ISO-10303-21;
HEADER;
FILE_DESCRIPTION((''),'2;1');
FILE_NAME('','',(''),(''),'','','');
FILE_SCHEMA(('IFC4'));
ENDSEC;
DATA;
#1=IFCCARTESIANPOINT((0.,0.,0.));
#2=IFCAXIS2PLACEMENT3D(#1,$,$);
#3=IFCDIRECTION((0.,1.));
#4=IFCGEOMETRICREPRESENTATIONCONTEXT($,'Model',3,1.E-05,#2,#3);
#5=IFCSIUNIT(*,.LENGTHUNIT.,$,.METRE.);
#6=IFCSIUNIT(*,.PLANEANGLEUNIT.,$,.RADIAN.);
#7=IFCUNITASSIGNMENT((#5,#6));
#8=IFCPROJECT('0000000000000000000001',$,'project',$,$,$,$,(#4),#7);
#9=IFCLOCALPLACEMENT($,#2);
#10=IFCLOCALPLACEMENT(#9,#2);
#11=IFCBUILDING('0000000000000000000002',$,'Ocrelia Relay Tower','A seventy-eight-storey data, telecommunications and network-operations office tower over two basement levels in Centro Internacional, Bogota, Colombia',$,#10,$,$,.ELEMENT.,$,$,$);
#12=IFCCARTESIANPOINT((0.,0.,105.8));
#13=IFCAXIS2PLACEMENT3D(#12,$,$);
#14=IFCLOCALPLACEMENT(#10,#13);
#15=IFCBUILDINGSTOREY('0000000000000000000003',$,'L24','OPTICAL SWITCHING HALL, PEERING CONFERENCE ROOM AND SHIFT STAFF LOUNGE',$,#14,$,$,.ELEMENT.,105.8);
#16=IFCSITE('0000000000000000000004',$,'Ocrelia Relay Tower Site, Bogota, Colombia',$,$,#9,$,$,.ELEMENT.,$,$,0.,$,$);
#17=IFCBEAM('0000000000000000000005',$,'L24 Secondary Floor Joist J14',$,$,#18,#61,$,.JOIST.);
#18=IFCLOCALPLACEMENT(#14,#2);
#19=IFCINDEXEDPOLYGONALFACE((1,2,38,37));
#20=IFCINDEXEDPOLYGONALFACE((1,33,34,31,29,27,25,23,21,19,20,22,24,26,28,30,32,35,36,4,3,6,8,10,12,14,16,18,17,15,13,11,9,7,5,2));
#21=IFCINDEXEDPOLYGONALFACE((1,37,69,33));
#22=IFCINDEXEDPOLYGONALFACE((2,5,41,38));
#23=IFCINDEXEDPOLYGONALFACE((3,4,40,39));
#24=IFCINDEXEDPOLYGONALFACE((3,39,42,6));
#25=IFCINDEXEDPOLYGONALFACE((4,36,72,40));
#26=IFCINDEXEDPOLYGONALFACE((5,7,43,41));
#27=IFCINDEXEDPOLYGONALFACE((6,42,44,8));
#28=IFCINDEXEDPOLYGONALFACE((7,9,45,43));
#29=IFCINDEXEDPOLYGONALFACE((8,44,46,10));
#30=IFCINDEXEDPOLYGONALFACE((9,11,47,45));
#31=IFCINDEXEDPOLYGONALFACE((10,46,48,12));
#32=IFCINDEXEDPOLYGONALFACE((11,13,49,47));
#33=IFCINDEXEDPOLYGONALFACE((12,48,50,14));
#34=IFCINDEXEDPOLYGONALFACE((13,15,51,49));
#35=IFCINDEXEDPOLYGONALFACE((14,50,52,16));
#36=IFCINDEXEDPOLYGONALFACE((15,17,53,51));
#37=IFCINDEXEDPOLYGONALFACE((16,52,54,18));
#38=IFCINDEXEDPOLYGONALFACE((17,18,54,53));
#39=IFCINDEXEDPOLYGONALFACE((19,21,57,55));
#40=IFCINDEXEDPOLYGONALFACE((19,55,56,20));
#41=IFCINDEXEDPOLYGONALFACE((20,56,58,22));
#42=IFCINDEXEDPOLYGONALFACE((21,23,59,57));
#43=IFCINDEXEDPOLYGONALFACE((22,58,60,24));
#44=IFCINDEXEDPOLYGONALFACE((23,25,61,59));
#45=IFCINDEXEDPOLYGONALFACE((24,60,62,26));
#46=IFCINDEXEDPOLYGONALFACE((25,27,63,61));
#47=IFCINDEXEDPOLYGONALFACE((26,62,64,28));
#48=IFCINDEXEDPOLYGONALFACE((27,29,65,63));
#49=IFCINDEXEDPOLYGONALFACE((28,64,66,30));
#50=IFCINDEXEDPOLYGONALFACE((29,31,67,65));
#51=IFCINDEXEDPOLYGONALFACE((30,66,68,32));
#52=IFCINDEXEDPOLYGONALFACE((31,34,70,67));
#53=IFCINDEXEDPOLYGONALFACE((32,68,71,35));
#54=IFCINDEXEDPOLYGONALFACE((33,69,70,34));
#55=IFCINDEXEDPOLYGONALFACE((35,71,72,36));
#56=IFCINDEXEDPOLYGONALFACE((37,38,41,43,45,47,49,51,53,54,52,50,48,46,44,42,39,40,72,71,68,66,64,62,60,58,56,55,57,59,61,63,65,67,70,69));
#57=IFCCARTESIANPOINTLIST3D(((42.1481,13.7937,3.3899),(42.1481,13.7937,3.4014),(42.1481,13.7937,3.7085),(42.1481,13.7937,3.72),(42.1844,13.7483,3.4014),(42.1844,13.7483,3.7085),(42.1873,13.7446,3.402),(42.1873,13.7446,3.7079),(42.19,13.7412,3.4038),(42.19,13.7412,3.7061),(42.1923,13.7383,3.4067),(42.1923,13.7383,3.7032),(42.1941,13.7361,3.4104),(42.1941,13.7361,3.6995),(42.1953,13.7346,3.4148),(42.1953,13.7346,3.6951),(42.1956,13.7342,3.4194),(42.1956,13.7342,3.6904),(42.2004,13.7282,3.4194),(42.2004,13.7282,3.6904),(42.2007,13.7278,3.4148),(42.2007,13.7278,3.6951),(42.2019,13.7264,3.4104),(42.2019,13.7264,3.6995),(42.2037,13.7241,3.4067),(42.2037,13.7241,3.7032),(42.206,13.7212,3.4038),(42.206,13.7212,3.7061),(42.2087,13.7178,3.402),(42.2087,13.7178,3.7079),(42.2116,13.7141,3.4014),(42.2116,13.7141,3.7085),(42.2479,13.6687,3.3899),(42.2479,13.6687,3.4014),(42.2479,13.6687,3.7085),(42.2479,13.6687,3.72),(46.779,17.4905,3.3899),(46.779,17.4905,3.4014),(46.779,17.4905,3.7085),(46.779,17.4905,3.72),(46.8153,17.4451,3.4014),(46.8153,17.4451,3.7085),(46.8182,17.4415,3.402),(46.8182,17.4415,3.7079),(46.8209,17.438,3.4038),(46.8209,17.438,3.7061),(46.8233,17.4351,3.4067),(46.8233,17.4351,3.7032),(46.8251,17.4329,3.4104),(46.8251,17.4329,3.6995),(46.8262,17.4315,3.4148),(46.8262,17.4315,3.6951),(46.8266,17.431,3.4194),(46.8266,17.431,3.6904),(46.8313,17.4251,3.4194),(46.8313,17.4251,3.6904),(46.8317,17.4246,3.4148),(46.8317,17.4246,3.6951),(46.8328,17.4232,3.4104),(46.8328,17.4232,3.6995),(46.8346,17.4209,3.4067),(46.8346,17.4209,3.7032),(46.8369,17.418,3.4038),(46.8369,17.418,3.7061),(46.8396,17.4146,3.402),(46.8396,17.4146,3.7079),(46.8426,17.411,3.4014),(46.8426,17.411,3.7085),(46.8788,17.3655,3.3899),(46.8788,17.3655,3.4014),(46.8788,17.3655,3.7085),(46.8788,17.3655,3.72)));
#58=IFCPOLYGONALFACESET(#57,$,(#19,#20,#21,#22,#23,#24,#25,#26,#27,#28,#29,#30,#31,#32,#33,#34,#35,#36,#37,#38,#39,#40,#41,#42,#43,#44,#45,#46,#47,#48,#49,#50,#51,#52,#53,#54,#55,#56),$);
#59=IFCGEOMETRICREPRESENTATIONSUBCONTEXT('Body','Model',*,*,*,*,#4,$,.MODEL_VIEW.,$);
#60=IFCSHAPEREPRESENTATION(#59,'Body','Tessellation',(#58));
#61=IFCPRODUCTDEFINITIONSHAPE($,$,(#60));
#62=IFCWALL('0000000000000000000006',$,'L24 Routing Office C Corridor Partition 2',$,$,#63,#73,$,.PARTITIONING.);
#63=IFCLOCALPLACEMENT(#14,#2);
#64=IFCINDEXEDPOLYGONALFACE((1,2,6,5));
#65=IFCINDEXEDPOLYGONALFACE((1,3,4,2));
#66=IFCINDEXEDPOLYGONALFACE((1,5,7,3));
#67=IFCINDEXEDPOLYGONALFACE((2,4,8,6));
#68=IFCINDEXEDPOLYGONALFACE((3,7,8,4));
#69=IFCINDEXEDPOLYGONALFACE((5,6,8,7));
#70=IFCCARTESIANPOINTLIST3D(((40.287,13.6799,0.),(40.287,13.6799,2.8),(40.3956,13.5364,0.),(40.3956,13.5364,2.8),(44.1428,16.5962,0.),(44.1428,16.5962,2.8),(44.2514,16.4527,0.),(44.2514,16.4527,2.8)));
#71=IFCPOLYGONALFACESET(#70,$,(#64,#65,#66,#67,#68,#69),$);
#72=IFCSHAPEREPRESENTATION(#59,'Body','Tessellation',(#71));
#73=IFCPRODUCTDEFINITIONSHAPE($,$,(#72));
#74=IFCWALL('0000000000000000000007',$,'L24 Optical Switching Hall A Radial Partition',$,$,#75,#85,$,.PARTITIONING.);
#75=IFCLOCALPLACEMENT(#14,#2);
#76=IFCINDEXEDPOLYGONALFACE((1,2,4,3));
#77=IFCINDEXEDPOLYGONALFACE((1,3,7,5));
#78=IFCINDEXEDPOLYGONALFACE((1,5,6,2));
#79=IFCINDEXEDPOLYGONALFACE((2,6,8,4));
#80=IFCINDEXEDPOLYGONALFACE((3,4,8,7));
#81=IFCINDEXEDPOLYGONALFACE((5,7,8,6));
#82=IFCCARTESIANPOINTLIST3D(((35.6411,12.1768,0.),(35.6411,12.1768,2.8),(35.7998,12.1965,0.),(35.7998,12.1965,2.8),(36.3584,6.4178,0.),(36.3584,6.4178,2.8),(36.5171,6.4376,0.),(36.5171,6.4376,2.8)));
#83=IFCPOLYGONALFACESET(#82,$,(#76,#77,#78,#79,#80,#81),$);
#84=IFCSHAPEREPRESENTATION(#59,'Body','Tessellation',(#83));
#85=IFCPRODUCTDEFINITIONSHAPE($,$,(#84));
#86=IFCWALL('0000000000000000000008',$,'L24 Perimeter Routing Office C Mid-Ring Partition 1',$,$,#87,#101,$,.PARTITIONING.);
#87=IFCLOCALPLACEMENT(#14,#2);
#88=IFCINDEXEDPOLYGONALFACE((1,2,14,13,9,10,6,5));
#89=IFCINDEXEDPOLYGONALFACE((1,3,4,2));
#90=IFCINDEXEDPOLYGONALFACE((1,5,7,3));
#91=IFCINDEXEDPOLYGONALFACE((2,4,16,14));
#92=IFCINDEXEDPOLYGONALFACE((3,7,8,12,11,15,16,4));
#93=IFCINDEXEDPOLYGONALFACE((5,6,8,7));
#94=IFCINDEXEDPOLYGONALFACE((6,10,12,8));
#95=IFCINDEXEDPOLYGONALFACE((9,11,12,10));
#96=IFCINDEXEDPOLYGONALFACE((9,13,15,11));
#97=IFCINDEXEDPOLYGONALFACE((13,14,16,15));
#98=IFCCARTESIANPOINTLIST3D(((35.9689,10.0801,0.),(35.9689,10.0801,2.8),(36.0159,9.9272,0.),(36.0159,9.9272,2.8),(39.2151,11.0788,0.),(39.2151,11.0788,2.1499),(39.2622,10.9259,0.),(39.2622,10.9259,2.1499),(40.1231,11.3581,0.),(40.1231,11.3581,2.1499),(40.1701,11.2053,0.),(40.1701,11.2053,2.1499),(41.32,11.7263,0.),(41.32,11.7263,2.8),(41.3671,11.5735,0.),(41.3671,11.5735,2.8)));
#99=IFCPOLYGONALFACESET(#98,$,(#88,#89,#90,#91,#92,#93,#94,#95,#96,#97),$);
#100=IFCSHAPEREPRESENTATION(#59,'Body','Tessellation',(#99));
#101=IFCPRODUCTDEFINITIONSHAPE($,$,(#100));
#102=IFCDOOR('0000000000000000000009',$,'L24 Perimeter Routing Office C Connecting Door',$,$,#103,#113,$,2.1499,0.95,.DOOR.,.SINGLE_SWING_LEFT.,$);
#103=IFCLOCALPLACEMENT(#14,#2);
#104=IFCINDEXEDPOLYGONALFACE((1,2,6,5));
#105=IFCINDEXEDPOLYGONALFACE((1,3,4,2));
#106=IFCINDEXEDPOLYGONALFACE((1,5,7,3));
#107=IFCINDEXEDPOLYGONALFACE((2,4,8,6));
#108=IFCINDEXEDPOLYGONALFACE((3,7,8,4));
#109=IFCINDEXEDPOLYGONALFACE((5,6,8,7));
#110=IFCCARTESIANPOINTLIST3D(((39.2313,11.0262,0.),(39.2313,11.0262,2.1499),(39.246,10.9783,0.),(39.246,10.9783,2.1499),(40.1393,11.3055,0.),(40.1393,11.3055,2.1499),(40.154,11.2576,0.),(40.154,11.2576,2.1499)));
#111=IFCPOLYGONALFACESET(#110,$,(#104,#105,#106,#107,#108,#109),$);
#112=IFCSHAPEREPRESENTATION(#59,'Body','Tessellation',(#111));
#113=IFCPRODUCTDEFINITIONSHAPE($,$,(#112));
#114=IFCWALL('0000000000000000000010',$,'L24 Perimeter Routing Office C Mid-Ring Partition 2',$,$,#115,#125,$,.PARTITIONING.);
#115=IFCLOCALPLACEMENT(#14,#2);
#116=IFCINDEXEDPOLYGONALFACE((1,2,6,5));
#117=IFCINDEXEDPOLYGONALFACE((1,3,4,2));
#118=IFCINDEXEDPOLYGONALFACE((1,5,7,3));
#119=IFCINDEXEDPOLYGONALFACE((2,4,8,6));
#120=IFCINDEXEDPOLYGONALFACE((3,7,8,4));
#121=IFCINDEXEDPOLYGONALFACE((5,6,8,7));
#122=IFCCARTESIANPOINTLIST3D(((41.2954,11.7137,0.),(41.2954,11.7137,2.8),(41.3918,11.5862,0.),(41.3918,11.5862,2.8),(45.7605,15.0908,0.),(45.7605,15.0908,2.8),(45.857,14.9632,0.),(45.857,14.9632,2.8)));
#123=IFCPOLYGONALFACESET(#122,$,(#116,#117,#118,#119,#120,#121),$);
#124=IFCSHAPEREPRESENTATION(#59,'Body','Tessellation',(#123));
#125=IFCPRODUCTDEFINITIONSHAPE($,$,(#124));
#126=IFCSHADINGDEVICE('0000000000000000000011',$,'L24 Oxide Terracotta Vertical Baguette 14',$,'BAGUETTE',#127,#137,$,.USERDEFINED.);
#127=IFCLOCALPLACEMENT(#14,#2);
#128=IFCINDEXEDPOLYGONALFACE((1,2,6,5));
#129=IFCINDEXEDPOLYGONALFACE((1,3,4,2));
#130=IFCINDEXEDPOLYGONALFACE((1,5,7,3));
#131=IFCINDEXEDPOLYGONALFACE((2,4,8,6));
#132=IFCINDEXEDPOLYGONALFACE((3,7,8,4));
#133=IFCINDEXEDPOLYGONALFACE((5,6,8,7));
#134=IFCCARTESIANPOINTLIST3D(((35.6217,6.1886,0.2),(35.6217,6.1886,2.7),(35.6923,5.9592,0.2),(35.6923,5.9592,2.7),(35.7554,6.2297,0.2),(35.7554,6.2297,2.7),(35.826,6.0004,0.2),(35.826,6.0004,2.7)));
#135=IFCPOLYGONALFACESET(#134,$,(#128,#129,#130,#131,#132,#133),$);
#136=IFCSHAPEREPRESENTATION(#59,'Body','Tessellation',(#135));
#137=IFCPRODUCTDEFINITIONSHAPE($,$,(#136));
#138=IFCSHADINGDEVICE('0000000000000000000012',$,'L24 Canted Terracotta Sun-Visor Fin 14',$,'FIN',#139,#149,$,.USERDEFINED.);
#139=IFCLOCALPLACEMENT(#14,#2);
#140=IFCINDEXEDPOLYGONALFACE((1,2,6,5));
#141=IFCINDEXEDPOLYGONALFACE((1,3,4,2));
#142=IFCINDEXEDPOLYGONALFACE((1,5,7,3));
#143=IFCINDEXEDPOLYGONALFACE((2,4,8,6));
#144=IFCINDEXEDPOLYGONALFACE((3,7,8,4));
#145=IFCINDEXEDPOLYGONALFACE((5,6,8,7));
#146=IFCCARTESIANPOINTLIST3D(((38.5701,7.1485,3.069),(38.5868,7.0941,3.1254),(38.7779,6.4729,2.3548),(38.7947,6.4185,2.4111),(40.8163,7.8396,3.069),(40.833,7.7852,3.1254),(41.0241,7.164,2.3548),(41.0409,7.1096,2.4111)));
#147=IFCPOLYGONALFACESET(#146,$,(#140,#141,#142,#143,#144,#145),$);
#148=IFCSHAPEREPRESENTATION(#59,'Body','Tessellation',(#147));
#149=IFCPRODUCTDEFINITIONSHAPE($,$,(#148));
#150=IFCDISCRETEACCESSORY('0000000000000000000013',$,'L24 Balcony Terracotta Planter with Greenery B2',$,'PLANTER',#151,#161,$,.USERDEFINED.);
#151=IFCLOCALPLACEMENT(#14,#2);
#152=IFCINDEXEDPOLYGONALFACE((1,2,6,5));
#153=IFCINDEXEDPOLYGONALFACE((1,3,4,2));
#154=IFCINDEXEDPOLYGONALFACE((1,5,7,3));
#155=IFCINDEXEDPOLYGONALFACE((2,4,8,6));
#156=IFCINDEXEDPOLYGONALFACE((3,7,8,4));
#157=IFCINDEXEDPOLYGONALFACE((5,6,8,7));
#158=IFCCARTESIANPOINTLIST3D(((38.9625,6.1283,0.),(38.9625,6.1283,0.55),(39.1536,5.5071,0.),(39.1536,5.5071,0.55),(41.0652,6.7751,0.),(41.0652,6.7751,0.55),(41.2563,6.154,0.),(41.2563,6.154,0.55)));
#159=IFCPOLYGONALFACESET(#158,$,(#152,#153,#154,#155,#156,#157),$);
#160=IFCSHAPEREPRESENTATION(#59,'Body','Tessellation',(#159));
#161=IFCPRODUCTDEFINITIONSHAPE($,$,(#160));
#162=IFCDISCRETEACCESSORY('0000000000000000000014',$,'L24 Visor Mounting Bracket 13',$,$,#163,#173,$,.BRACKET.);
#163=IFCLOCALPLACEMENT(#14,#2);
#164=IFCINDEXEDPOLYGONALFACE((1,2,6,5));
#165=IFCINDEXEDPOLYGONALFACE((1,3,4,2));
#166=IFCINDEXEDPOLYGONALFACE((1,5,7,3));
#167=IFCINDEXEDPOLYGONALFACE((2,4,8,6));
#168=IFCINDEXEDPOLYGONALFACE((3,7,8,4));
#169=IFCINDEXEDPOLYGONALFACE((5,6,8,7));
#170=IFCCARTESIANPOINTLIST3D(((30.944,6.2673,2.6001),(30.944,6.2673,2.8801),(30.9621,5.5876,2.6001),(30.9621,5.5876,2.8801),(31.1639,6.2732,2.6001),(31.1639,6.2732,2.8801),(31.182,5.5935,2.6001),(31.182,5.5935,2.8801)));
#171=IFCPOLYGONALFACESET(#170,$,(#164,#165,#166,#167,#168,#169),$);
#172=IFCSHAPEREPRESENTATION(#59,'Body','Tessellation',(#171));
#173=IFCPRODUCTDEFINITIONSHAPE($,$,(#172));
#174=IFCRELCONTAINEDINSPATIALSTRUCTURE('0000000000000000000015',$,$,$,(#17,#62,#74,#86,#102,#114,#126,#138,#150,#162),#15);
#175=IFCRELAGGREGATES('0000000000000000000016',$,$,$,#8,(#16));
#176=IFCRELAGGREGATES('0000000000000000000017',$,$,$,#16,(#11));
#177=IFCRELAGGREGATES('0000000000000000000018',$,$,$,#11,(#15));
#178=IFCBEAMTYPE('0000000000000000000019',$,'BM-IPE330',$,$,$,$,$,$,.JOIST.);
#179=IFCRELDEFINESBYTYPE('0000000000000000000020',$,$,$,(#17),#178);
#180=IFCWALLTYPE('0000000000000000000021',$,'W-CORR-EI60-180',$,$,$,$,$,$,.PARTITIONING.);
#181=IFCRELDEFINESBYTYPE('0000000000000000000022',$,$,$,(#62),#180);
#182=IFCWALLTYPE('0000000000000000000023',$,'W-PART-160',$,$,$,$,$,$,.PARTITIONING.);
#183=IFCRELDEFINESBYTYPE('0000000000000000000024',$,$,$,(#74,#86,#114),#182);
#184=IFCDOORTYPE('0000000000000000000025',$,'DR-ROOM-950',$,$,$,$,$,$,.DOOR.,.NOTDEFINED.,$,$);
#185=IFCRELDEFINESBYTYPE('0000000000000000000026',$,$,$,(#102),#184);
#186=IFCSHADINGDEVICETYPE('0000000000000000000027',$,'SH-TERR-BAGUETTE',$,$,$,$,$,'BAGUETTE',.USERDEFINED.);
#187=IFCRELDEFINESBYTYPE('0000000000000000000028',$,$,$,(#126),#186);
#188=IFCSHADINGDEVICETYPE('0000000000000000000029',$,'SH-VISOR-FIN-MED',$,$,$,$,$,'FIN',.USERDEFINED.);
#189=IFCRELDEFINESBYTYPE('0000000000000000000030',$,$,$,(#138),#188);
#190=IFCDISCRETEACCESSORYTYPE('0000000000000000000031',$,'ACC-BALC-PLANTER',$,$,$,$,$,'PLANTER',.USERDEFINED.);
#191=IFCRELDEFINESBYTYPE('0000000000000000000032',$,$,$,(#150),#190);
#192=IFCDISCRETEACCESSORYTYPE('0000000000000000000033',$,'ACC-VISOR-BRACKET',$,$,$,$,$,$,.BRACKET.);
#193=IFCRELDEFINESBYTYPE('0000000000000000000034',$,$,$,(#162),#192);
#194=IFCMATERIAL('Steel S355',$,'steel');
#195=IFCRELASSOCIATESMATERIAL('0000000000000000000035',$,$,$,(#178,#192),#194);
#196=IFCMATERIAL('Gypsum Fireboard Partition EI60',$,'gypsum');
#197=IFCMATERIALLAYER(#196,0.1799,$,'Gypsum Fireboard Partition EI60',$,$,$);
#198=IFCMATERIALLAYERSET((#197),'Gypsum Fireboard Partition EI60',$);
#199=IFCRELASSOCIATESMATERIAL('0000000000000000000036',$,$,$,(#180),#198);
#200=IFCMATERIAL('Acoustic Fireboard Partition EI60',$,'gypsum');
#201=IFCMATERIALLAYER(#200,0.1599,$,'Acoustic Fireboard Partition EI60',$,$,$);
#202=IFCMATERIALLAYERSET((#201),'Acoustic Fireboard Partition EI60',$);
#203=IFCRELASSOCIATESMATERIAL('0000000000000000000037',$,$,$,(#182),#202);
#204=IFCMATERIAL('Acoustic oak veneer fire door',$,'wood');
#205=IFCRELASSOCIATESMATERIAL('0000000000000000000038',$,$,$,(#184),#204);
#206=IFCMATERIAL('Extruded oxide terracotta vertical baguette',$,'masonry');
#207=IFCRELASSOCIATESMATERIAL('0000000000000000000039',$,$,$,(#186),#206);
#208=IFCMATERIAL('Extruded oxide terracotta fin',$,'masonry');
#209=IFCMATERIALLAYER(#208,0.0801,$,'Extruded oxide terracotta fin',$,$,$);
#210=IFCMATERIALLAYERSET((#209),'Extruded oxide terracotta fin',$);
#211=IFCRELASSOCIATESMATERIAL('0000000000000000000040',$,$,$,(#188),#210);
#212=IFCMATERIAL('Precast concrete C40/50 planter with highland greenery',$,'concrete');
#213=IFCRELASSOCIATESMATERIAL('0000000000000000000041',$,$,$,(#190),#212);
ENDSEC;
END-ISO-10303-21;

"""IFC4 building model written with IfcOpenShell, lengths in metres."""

from ifc_helpers import new_model, si_unit, direction, frame, frame_2d, origin, origin_2d, place, context, subcontext, project, spatial, rectangle, i_section, extrude, material, layer, layer_set, material_profile, profile_set, type_object, element, fill, save


model = new_model("IFC4")

# Units and contexts
model_context = context("Model", 3, precision=1e-05, world=origin(), true_north=direction((0.0, 1.0)))
body_context = subcontext(model_context, "Body", "Model", "MODEL_VIEW")
ifc_project = project(units=[si_unit("LENGTHUNIT", "METRE"), si_unit("PLANEANGLEUNIT", "RADIAN")], contexts=[model_context])

# Site, building, storey
site_placement = place(None, origin())
site = spatial("IfcSite", under=ifc_project, at=site_placement, Name="Ocrelia Relay Tower Site, Bogota, Colombia", CompositionType="ELEMENT", RefElevation=0.0)
building_placement = place(site_placement, origin())
building = spatial("IfcBuilding", under=site, at=building_placement, Name="Ocrelia Relay Tower", Description="A seventy-eight-storey data, telecommunications and network-operations office tower over two basement levels in Centro Internacional, Bogota, Colombia", CompositionType="ELEMENT")
storey_placement = place(building_placement, frame((0.0, 0.0, 105.8)))
storey = spatial("IfcBuildingStorey", under=building, at=storey_placement, Name="L24", Description="OPTICAL SWITCHING HALL, PEERING CONFERENCE ROOM AND SHIFT STAFF LOUNGE", CompositionType="ELEMENT", Elevation=105.8)

# Beam
ifc_material_1 = material(Name="Steel S355", Category="steel")
ifc_material_profile_1 = material_profile(ifc_material_1, i_section(OverallWidth=0.1599, OverallDepth=0.3301, WebThickness=0.0076, FlangeThickness=0.0115, FilletRadius=0.0181, at=origin_2d()), Name="IPE 330")
ifc_profile_set_1 = profile_set([ifc_material_profile_1], Name="Steel S355")
beam_type_1 = type_object("IfcBeamType", Name="BM-IPE330", PredefinedType="JOIST", material=ifc_profile_set_1)
beam_1_placement = place(storey_placement, frame((42.198, 13.7312, 3.5549), z_axis=(0.78152, 0.623881, 0.0), x_axis=(-0.623881, 0.78152, 0.0)))
element("IfcBeam", 1, at=beam_1_placement, inside=storey, type_object=beam_type_1, Name="L24 Secondary Floor Joist J14", PredefinedType="JOIST", context=body_context, shape_type="SweptSolid", body=[
    extrude(i_section(OverallWidth=0.1599, OverallDepth=0.3301, WebThickness=0.0076, FlangeThickness=0.0115, FilletRadius=0.0181, at=origin_2d()), origin(), (0.0, 0.0, 1.0), 5.9255),
])

# Shared definitions
ifc_material_2 = material(Name="Gypsum Fireboard Partition EI60", Category="gypsum")
ifc_layer_1 = layer(ifc_material_2, 0.1799, Name="Gypsum Fireboard Partition EI60")
ifc_layer_set_1 = layer_set([ifc_layer_1], Name="Gypsum Fireboard Partition EI60")
wall_type_1 = type_object("IfcWallType", Name="W-CORR-EI60-180", PredefinedType="PARTITIONING", material=ifc_layer_set_1)
ifc_material_3 = material(Name="Acoustic oak veneer fire door", Category="wood")

# Wall
wall_1_placement = place(storey_placement, frame((40.3413, 13.6082, 0.0), z_axis=(0.0, 0.0, 1.0), x_axis=(0.797563, 0.603235, 0.0)))
element("IfcWall", 2, at=wall_1_placement, inside=storey, type_object=wall_type_1, Name="L24 Routing Office C Corridor Partition 2", PredefinedType="PARTITIONING", context=body_context, shape_type="SweptSolid", body=[
    extrude(rectangle(XDim=4.8345, YDim=0.1799, at=frame_2d((2.4172, 0.0))), origin(), (0.0, 0.0, 1.0), 2.8),
])

# Wall
ifc_material_4 = material(Name="Acoustic Fireboard Partition EI60", Category="gypsum")
ifc_layer_2 = layer(ifc_material_4, 0.1599, Name="Acoustic Fireboard Partition EI60")
ifc_layer_set_2 = layer_set([ifc_layer_2], Name="Acoustic Fireboard Partition EI60")
wall_type_2 = type_object("IfcWallType", Name="W-PART-160", PredefinedType="PARTITIONING", material=ifc_layer_set_2)
wall_2_placement = place(storey_placement, frame((35.7205, 12.1868, 0.0), z_axis=(0.0, 0.0, 1.0), x_axis=(0.123595, -0.992333, 0.0)))
element("IfcWall", 3, at=wall_2_placement, inside=storey, type_object=wall_type_2, Name="L24 Optical Switching Hall A Radial Partition", PredefinedType="PARTITIONING", context=body_context, shape_type="SweptSolid", body=[
    extrude(rectangle(XDim=5.8035, YDim=0.1599, at=frame_2d((2.9019, 0.0))), origin(), (0.0, 0.0, 1.0), 2.8),
])

# Wall, opening, door
wall_3_placement = place(storey_placement, frame((35.9924, 10.0037, 0.0), z_axis=(0.0, 0.0, 1.0), x_axis=(0.955791, 0.294046, 0.0)))
wall_3 = element("IfcWall", 4, at=wall_3_placement, inside=storey, type_object=wall_type_2, Name="L24 Perimeter Routing Office C Mid-Ring Partition 1", PredefinedType="PARTITIONING", context=body_context, shape_type="SweptSolid", body=[
    extrude(rectangle(XDim=5.5986, YDim=0.1599, at=frame_2d((2.7993, 0.0))), origin(), (0.0, 0.0, 1.0), 2.8),
])
opening_1_placement = place(wall_3_placement, frame((3.3962, 0.0, 0.0)))
opening_1 = element("IfcOpeningElement", 5, at=opening_1_placement, cuts=wall_3, PredefinedType="OPENING", context=body_context, shape_type="SweptSolid", body=[
    extrude(rectangle(XDim=0.95, YDim=2.1499, at=frame_2d((0.4751, 1.075))), frame((0.0, 0.0898, 0.0), z_axis=(0.0, -1.0, 0.0), x_axis=(1.0, 0.0, 0.0)), (0.0, 0.0, 1.0), 0.1799),
])
door_type_1 = type_object("IfcDoorType", Name="DR-ROOM-950", OperationType="NOTDEFINED", PredefinedType="DOOR", material=ifc_material_3)
door_1_placement = place(opening_1_placement, origin())
door_1 = element("IfcDoor", 6, at=door_1_placement, inside=storey, type_object=door_type_1, Name="L24 Perimeter Routing Office C Connecting Door", OperationType="SINGLE_SWING_LEFT", OverallHeight=2.1499, OverallWidth=0.95, PredefinedType="DOOR", context=body_context, shape_type="SweptSolid", body=[
    extrude(rectangle(XDim=0.95, YDim=2.1499, at=frame_2d((0.4751, 1.075))), frame((0.0, 0.0249, 0.0), z_axis=(0.0, -1.0, 0.0), x_axis=(1.0, 0.0, 0.0)), (0.0, 0.0, 1.0), 0.05),
])
fill(opening_1, door_1)

# Wall
wall_4_placement = place(storey_placement, frame((41.3435, 11.6499, 0.0), z_axis=(0.0, 0.0, 1.0), x_axis=(0.797581, 0.603212, 0.0)))
element("IfcWall", 7, at=wall_4_placement, inside=storey, type_object=wall_type_2, Name="L24 Perimeter Routing Office C Mid-Ring Partition 2", PredefinedType="PARTITIONING", context=body_context, shape_type="SweptSolid", body=[
    extrude(rectangle(XDim=5.5984, YDim=0.1599, at=frame_2d((2.7993, 0.0))), origin(), (0.0, 0.0, 1.0), 2.8),
])

# Shading devices
ifc_material_5 = material(Name="Extruded oxide terracotta vertical baguette", Category="masonry")
shading_device_type_1 = type_object("IfcShadingDeviceType", Name="SH-TERR-BAGUETTE", ElementType="BAGUETTE", PredefinedType="USERDEFINED", material=ifc_material_5)
shading_device_1_placement = place(storey_placement, frame((35.7239, 6.0945, 0.2), z_axis=(0.0, 0.0, 1.0), x_axis=(0.955791, 0.294047, 0.0)))
element("IfcShadingDevice", 8, at=shading_device_1_placement, inside=storey, type_object=shading_device_type_1, Name="L24 Oxide Terracotta Vertical Baguette 14", ObjectType="BAGUETTE", PredefinedType="USERDEFINED", context=body_context, shape_type="SweptSolid", body=[
    extrude(rectangle(XDim=0.1399, YDim=0.24, at=origin_2d()), origin(), (0.0, 0.0, 1.0), 2.5),
])
ifc_material_6 = material(Name="Extruded oxide terracotta fin", Category="masonry")
ifc_layer_3 = layer(ifc_material_6, 0.0801, Name="Extruded oxide terracotta fin")
ifc_layer_set_3 = layer_set([ifc_layer_3], Name="Extruded oxide terracotta fin")
shading_device_type_2 = type_object("IfcShadingDeviceType", Name="SH-VISOR-FIN-MED", ElementType="FIN", PredefinedType="USERDEFINED", material=ifc_layer_set_3)
shading_device_2_placement = place(storey_placement, frame((39.7971, 7.1562, 2.7119), z_axis=(0.209009, -0.679376, 0.703395), x_axis=(0.955791, 0.294047, 0.0)))
element("IfcShadingDevice", 9, at=shading_device_2_placement, inside=storey, type_object=shading_device_type_2, Name="L24 Canted Terracotta Sun-Visor Fin 14", ObjectType="FIN", PredefinedType="USERDEFINED", context=body_context, shape_type="SweptSolid", body=[
    extrude(rectangle(XDim=2.3501, YDim=1.0049, at=origin_2d()), origin(), (0.0, 0.0, 1.0), 0.0801),
])

# Discrete accessories
ifc_material_7 = material(Name="Precast concrete C40/50 planter with highland greenery", Category="concrete")
discrete_accessory_type_1 = type_object("IfcDiscreteAccessoryType", Name="ACC-BALC-PLANTER", ElementType="PLANTER", PredefinedType="USERDEFINED", material=ifc_material_7)
discrete_accessory_placement = place(storey_placement, frame((40.1094, 6.1411, 0.0), z_axis=(0.0, 0.0, 1.0), x_axis=(-0.955795, -0.294035, 0.0)))
element("IfcDiscreteAccessory", 10, at=discrete_accessory_placement, inside=storey, type_object=discrete_accessory_type_1, Name="L24 Balcony Terracotta Planter with Greenery B2", ObjectType="PLANTER", PredefinedType="USERDEFINED", context=body_context, shape_type="SweptSolid", body=[
    extrude(rectangle(XDim=2.2, YDim=0.6499, at=origin_2d()), origin(), (0.0, 0.0, 1.0), 0.55),
])
discrete_accessory_type_2 = type_object("IfcDiscreteAccessoryType", Name="ACC-VISOR-BRACKET", PredefinedType="BRACKET", material=ifc_material_1)
for number, where, z_axis, x_axis, name in (
    (11, (31.063, 5.9304, 2.6001), (0.0, 0.0, 1.0), (0.999644, 0.026669, 0.0), "L24 Visor Mounting Bracket 13"),
):
    element("IfcDiscreteAccessory", number, at=place(storey_placement, frame(where, z_axis=z_axis, x_axis=x_axis)), inside=storey, type_object=discrete_accessory_type_2, Name=name, PredefinedType="BRACKET", context=body_context, shape_type="SweptSolid", body=[
        extrude(rectangle(XDim=0.22, YDim=0.6799, at=origin_2d()), origin(), (0.0, 0.0, 1.0), 0.28),
    ])

save(model, "model.ifc")
